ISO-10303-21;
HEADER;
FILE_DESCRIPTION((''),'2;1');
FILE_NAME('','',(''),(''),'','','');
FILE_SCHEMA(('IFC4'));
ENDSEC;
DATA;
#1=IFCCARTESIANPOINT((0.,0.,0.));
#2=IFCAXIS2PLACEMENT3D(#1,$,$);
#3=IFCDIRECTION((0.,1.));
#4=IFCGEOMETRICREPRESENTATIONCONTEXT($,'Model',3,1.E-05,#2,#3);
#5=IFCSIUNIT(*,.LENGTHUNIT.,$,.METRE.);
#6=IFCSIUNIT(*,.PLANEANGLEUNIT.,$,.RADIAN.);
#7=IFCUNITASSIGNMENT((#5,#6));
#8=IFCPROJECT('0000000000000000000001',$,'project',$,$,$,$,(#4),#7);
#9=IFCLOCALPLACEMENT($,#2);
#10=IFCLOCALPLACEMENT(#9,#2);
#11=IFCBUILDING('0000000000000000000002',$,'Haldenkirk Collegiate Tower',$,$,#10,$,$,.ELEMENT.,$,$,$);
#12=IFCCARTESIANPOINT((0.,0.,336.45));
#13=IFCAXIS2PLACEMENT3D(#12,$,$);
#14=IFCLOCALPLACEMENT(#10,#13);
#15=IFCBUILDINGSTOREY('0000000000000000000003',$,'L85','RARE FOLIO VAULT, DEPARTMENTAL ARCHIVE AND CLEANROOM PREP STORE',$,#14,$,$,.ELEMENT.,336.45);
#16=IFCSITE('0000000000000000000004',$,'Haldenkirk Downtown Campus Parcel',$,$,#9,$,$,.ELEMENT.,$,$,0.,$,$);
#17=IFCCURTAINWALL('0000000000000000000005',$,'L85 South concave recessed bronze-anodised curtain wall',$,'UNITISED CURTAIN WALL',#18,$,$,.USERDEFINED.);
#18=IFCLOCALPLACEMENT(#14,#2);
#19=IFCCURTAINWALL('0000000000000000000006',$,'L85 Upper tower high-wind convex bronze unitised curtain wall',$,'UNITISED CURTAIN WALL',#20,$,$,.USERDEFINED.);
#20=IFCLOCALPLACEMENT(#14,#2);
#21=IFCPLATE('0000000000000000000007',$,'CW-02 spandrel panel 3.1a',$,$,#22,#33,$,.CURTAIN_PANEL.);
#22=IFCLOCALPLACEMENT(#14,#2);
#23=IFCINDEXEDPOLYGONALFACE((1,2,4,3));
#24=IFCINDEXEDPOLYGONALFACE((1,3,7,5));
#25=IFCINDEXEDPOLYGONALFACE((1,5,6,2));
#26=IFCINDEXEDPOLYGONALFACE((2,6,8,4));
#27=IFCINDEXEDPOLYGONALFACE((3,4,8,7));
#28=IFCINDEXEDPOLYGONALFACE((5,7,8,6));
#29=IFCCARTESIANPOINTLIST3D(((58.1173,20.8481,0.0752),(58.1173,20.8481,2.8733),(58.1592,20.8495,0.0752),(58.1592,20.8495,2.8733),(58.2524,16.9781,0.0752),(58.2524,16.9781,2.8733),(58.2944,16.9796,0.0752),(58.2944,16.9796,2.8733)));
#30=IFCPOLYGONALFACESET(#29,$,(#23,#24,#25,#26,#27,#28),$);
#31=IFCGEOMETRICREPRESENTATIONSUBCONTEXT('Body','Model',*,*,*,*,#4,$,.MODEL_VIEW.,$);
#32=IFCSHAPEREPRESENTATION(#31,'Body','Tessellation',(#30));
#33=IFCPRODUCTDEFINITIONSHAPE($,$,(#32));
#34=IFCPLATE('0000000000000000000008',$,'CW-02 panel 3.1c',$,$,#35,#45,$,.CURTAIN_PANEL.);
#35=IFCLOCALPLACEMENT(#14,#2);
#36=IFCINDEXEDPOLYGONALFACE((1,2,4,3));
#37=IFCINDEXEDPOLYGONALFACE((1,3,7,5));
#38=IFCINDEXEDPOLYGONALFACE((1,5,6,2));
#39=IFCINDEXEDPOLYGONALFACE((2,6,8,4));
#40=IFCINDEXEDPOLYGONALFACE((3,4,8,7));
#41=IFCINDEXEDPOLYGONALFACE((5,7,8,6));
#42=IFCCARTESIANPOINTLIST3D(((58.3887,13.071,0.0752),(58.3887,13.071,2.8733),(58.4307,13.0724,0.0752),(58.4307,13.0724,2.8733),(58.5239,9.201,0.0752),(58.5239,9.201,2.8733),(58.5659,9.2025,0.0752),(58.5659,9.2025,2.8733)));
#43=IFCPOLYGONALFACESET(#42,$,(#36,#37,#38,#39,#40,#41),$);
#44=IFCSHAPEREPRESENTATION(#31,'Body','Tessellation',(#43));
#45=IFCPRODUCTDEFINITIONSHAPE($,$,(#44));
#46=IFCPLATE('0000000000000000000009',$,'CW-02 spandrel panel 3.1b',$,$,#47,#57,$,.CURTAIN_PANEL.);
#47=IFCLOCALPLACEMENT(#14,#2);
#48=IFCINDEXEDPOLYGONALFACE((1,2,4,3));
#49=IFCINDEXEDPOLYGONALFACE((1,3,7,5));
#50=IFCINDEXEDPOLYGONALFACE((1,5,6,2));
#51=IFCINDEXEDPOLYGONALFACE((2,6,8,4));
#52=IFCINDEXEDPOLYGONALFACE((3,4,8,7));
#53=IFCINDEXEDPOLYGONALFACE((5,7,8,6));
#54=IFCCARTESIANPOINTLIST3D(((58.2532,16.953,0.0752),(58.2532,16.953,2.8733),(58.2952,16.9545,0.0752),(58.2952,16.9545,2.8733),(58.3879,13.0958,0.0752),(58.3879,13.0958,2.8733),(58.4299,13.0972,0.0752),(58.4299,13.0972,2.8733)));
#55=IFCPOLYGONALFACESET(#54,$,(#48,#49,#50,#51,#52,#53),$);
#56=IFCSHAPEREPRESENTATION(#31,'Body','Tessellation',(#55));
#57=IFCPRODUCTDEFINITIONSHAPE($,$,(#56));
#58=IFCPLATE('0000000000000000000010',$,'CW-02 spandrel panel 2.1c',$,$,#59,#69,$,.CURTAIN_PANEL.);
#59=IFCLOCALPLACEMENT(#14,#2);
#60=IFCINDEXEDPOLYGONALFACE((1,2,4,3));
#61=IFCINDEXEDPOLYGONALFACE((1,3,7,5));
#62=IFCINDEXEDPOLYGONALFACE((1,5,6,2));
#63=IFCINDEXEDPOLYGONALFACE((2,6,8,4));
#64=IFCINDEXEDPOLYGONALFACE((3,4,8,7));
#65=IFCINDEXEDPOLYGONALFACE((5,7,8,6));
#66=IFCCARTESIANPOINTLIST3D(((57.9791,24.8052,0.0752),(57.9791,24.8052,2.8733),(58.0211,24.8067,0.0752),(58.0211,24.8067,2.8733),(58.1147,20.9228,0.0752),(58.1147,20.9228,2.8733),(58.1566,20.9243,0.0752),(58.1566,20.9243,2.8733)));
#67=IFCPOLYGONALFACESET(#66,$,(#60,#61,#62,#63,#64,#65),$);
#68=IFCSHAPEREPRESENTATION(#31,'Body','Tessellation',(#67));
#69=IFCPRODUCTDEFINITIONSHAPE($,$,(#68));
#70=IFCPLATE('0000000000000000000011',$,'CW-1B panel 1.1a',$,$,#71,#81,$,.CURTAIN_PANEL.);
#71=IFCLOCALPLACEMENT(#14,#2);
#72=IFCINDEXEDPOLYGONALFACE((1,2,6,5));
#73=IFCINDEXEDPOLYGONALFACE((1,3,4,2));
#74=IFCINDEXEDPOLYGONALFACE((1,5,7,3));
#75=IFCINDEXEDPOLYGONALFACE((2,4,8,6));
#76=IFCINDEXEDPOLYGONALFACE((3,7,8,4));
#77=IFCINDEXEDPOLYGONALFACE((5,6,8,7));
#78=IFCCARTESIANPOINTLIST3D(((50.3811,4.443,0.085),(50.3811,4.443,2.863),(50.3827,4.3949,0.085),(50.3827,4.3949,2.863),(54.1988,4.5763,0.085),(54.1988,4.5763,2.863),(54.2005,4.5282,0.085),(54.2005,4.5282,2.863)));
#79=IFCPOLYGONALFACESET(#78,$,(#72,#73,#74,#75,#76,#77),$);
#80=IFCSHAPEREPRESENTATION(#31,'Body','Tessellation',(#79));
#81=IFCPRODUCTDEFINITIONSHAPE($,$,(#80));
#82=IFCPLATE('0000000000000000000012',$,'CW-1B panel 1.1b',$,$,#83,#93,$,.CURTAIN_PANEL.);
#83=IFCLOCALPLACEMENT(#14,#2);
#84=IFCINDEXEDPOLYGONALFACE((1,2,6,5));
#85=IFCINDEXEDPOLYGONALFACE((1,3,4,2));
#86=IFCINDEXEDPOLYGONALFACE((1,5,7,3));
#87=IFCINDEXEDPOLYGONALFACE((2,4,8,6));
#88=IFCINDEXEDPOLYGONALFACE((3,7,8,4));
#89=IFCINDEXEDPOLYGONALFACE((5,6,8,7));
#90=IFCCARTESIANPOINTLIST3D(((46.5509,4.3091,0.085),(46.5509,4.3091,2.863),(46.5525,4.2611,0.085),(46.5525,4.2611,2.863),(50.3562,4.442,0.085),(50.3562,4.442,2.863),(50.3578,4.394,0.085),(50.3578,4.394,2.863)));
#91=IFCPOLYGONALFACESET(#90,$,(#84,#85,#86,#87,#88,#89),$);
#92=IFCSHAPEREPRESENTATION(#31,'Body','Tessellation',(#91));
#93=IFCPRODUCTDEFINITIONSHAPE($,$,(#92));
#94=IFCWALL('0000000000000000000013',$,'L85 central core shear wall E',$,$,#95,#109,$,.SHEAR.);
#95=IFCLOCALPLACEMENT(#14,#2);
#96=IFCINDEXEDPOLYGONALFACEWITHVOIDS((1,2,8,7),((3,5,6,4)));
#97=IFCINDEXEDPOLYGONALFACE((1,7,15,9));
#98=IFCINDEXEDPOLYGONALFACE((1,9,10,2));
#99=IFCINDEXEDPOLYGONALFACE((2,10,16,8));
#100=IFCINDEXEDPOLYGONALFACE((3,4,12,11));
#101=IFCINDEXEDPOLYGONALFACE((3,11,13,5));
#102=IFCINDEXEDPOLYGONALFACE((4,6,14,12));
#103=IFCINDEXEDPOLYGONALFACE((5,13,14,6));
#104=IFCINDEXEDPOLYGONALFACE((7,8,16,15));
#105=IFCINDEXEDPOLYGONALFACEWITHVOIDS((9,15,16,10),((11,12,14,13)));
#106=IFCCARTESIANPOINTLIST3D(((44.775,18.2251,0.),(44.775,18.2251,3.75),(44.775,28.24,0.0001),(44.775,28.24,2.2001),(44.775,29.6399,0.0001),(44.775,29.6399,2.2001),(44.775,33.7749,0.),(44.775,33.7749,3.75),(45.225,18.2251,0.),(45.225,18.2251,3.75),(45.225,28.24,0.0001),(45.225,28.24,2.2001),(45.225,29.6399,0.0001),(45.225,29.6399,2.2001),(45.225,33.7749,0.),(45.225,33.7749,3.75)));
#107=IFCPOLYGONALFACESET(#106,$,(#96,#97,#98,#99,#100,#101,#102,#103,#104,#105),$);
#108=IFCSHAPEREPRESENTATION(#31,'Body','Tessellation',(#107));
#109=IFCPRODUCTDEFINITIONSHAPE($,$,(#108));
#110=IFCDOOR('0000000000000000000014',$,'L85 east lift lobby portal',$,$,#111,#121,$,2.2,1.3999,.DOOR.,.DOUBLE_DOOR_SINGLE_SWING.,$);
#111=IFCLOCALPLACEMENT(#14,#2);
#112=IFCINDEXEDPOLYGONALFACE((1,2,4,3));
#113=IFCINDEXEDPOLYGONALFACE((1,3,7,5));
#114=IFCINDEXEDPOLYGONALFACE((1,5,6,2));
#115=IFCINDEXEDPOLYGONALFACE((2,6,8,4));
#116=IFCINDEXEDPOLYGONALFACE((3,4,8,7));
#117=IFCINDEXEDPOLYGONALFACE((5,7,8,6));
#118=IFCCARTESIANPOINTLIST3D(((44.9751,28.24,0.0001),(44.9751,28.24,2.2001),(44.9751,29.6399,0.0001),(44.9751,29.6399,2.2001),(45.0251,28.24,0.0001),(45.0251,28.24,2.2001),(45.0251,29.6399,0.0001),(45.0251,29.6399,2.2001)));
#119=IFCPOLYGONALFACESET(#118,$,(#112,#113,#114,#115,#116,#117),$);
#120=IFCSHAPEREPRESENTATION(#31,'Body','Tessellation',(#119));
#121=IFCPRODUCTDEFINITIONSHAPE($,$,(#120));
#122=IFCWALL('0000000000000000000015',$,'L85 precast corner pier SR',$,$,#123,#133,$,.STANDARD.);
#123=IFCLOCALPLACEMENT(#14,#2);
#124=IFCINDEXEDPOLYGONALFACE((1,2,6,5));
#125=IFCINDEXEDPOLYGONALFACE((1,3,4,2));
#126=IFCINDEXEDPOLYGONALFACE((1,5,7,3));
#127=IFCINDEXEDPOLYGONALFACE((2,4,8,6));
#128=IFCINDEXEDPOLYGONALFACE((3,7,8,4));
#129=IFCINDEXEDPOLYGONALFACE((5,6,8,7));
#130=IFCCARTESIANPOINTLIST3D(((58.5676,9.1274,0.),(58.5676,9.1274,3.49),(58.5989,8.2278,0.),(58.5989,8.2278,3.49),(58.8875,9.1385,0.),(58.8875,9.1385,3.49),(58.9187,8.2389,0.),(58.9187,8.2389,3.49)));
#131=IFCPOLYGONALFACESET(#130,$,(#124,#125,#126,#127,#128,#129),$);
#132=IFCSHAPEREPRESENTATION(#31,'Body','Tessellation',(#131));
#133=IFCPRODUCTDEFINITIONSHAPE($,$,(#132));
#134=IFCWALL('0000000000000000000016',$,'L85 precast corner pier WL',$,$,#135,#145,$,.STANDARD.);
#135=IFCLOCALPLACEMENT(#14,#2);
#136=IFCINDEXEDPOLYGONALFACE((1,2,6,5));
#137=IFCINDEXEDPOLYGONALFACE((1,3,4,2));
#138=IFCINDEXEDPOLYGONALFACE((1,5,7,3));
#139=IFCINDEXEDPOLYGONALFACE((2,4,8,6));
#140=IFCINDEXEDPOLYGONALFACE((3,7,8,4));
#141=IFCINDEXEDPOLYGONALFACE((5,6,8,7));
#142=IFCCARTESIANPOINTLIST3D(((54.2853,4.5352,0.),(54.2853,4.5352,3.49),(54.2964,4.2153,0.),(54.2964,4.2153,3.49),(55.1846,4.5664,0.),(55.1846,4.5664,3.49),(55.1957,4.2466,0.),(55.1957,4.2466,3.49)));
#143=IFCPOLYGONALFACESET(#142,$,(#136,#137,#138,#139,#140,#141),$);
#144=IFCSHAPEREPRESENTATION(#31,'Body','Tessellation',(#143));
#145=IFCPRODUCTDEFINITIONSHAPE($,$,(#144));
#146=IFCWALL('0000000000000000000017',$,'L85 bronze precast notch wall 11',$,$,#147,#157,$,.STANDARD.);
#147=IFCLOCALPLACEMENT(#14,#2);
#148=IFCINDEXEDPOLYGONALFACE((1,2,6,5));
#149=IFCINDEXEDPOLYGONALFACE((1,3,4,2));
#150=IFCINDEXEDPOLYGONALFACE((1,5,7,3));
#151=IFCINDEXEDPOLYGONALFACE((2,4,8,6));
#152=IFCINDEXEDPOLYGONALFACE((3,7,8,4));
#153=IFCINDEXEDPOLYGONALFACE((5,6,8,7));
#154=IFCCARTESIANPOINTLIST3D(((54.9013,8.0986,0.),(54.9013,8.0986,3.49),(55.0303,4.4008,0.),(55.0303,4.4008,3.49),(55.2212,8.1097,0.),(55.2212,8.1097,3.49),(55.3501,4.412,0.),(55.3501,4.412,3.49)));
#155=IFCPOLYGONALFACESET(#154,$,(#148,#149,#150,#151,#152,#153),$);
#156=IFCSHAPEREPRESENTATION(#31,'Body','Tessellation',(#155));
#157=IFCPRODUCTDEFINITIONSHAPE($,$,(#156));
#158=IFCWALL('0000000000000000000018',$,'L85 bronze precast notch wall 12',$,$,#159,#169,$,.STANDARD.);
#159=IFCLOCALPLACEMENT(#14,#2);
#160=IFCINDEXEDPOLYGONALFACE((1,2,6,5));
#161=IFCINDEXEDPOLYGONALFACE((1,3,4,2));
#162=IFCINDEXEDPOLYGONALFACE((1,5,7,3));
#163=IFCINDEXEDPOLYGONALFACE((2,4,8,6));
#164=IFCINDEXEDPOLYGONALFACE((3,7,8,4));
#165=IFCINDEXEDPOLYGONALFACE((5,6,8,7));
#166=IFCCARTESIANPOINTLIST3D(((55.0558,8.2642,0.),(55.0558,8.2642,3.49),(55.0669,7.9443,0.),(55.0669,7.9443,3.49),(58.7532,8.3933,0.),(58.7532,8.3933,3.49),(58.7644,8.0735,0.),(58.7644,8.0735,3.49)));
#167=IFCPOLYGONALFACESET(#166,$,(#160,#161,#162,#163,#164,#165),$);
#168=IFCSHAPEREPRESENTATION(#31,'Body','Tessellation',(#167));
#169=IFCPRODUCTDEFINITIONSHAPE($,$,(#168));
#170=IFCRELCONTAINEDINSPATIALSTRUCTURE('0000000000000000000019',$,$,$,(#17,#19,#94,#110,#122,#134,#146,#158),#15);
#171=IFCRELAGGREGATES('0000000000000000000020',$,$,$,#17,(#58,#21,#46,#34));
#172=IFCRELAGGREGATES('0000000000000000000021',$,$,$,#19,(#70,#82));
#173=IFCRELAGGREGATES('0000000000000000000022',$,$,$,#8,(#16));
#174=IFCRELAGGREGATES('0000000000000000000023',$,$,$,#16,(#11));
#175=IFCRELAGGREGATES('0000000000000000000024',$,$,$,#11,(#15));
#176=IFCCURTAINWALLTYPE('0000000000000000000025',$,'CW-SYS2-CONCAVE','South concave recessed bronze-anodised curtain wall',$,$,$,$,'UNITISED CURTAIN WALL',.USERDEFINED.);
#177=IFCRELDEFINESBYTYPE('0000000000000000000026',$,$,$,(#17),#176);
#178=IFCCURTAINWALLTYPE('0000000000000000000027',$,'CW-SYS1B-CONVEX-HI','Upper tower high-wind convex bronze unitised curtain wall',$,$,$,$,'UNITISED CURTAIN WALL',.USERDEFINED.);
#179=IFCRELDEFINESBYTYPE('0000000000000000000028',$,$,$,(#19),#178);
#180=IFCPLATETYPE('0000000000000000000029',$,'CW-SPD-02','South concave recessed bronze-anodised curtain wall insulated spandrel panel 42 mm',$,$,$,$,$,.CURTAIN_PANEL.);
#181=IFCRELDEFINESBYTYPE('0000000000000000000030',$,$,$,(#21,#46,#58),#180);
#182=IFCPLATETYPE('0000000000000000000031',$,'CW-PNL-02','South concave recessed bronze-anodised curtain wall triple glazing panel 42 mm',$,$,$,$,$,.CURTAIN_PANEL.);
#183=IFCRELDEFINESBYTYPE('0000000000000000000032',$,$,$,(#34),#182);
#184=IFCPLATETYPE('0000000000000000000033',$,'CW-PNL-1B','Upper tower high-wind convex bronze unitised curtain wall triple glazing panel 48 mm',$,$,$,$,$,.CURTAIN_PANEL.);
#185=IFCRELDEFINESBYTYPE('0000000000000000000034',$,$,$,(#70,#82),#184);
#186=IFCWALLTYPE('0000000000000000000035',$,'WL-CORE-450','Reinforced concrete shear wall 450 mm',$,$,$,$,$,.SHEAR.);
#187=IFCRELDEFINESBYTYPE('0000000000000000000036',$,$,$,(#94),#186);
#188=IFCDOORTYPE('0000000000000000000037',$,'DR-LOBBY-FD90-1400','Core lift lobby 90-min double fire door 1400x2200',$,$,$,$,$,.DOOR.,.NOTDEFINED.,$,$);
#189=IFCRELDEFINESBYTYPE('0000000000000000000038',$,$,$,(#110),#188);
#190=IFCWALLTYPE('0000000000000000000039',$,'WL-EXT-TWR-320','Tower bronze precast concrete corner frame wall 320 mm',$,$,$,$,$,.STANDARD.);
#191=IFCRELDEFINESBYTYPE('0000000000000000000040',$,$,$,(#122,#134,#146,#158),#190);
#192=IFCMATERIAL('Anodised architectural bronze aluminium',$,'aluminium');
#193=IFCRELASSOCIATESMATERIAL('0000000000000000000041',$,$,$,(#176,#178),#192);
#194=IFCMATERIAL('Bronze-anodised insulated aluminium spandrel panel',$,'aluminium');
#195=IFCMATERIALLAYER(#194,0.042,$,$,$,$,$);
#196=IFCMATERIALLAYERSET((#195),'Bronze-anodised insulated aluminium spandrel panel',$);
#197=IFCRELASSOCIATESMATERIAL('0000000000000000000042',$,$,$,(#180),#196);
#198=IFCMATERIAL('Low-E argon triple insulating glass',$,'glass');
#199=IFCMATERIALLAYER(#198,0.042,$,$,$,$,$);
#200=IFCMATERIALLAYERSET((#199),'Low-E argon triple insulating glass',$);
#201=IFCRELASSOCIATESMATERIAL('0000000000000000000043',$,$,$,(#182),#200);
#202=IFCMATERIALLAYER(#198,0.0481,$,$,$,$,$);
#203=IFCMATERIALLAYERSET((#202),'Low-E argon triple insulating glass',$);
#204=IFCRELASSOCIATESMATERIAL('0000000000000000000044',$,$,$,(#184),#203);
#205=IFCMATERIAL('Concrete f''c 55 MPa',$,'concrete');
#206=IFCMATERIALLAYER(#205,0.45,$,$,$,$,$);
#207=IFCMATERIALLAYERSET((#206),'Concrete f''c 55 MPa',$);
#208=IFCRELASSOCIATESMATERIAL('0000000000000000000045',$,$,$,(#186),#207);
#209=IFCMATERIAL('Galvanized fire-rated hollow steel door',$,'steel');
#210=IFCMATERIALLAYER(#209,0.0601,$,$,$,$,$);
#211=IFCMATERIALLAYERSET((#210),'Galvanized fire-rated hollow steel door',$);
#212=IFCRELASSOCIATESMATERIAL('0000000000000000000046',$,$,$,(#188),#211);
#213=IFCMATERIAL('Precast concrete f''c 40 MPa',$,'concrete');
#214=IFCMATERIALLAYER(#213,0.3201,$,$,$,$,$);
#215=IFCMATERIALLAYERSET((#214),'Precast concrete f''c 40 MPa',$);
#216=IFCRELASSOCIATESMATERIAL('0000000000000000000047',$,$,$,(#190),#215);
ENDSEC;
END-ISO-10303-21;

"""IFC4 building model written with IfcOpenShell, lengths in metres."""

from ifc_helpers import new_model, si_unit, direction, frame, frame_2d, origin, origin_2d, place, context, subcontext, project, spatial, rectangle, extrude, source, transform, mapped, material, layer, layer_set, type_object, element, fill, aggregate, save


model = new_model("IFC4")

# Units and contexts
model_context = context("Model", 3, precision=1e-05, world=origin(), true_north=direction((0.0, 1.0)))
body_context = subcontext(model_context, "Body", "Model", "MODEL_VIEW")
ifc_project = project(units=[si_unit("LENGTHUNIT", "METRE"), si_unit("PLANEANGLEUNIT", "RADIAN")], contexts=[model_context])

# Site, building, storey
site_placement = place(None, origin())
site = spatial("IfcSite", under=ifc_project, at=site_placement, Name="Haldenkirk Downtown Campus Parcel", CompositionType="ELEMENT", RefElevation=0.0)
building_placement = place(site_placement, origin())
building = spatial("IfcBuilding", under=site, at=building_placement, Name="Haldenkirk Collegiate Tower", CompositionType="ELEMENT")
storey_placement = place(building_placement, frame((0.0, 0.0, 336.45)))
storey = spatial("IfcBuildingStorey", under=building, at=storey_placement, Name="L85", Description="RARE FOLIO VAULT, DEPARTMENTAL ARCHIVE AND CLEANROOM PREP STORE", CompositionType="ELEMENT", Elevation=336.45)

# Curtain wall
ifc_material_1 = material(Name="Anodised architectural bronze aluminium", Category="aluminium")
curtain_wall_type_1 = type_object("IfcCurtainWallType", Name="CW-SYS2-CONCAVE", Description="South concave recessed bronze-anodised curtain wall", ElementType="UNITISED CURTAIN WALL", PredefinedType="USERDEFINED", material=ifc_material_1)
curtain_wall_1_placement = place(storey_placement, origin())
curtain_wall_1 = element("IfcCurtainWall", 1, at=curtain_wall_1_placement, inside=storey, type_object=curtain_wall_type_1, Name="L85 South concave recessed bronze-anodised curtain wall", ObjectType="UNITISED CURTAIN WALL", PredefinedType="USERDEFINED")

# Curtain wall
curtain_wall_type_2 = type_object("IfcCurtainWallType", Name="CW-SYS1B-CONVEX-HI", Description="Upper tower high-wind convex bronze unitised curtain wall", ElementType="UNITISED CURTAIN WALL", PredefinedType="USERDEFINED", material=ifc_material_1)
curtain_wall_2_placement = place(storey_placement, origin())
curtain_wall_2 = element("IfcCurtainWall", 2, at=curtain_wall_2_placement, inside=storey, type_object=curtain_wall_type_2, Name="L85 Upper tower high-wind convex bronze unitised curtain wall", ObjectType="UNITISED CURTAIN WALL", PredefinedType="USERDEFINED")

# Plates
ifc_material_2 = material(Name="Bronze-anodised insulated aluminium spandrel panel", Category="aluminium")
ifc_layer_1 = layer(ifc_material_2, 0.042)
ifc_layer_set_1 = layer_set([ifc_layer_1], Name="Bronze-anodised insulated aluminium spandrel panel")
plate_type_1 = type_object("IfcPlateType", Name="CW-SPD-02", Description="South concave recessed bronze-anodised curtain wall insulated spandrel panel 42 mm", PredefinedType="CURTAIN_PANEL", material=ifc_layer_set_1)
shared_shape_1 = source(origin(), body_context, "Body", "SweptSolid", [
    extrude(rectangle(XDim=3.8723, YDim=0.042, at=origin_2d()), origin(), (0.0, 0.0, 1.0), 2.7981),
])
plate_1_placement = place(storey_placement, frame((58.2058, 18.9138, 0.0752), z_axis=(0.0, 0.0, 1.0), x_axis=(0.034901, -0.999391, 0.0)))
plate_1 = element("IfcPlate", 3, at=plate_1_placement, type_object=plate_type_1, Name="CW-02 spandrel panel 3.1a", PredefinedType="CURTAIN_PANEL", context=body_context, shape_type="MappedRepresentation", body=[
    mapped(shared_shape_1, transform((0.0, 0.0, 0.0), x_axis=(1.0, 0.0, 0.0), y_axis=(0.0, 1.0, 0.0), z_axis=(0.0, 0.0, 1.0), scale=1.0)),
])
ifc_material_3 = material(Name="Low-E argon triple insulating glass", Category="glass")
ifc_layer_2 = layer(ifc_material_3, 0.042)
ifc_layer_set_2 = layer_set([ifc_layer_2], Name="Low-E argon triple insulating glass")
plate_type_2 = type_object("IfcPlateType", Name="CW-PNL-02", Description="South concave recessed bronze-anodised curtain wall triple glazing panel 42 mm", PredefinedType="CURTAIN_PANEL", material=ifc_layer_set_2)
plate_2_placement = place(storey_placement, frame((58.4773, 11.1367, 0.0752), z_axis=(0.0, 0.0, 1.0), x_axis=(0.034901, -0.999391, 0.0)))
plate_2 = element("IfcPlate", 4, at=plate_2_placement, type_object=plate_type_2, Name="CW-02 panel 3.1c", PredefinedType="CURTAIN_PANEL", context=body_context, shape_type="MappedRepresentation", body=[
    mapped(shared_shape_1, transform((0.0, 0.0, 0.0), x_axis=(1.0, 0.0, 0.0), y_axis=(0.0, 1.0, 0.0), z_axis=(0.0, 0.0, 1.0), scale=1.0)),
])
shared_shape_2 = source(origin(), body_context, "Body", "SweptSolid", [
    extrude(rectangle(XDim=3.8596, YDim=0.042, at=origin_2d()), origin(), (0.0, 0.0, 1.0), 2.7981),
])
plate_3_placement = place(storey_placement, frame((58.3416, 15.0251, 0.0752), z_axis=(0.0, 0.0, 1.0), x_axis=(0.034901, -0.999391, 0.0)))
plate_3 = element("IfcPlate", 5, at=plate_3_placement, type_object=plate_type_1, Name="CW-02 spandrel panel 3.1b", PredefinedType="CURTAIN_PANEL", context=body_context, shape_type="MappedRepresentation", body=[
    mapped(shared_shape_2, transform((0.0, 0.0, 0.0), x_axis=(1.0, 0.0, 0.0), y_axis=(0.0, 1.0, 0.0), z_axis=(0.0, 0.0, 1.0), scale=1.0)),
])
shared_shape_3 = source(origin(), body_context, "Body", "SweptSolid", [
    extrude(rectangle(XDim=3.8848, YDim=0.042, at=origin_2d()), origin(), (0.0, 0.0, 1.0), 2.7981),
])
plate_4_placement = place(storey_placement, frame((58.0679, 22.8647, 0.0752), z_axis=(0.0, 0.0, 1.0), x_axis=(0.034901, -0.999391, 0.0)))
plate_4 = element("IfcPlate", 6, at=plate_4_placement, type_object=plate_type_1, Name="CW-02 spandrel panel 2.1c", PredefinedType="CURTAIN_PANEL", context=body_context, shape_type="MappedRepresentation", body=[
    mapped(shared_shape_3, transform((0.0, 0.0, 0.0), x_axis=(1.0, 0.0, 0.0), y_axis=(0.0, 1.0, 0.0), z_axis=(0.0, 0.0, 1.0), scale=1.0)),
])
aggregate(curtain_wall_1, [plate_4, plate_1, plate_3, plate_2])
ifc_layer_3 = layer(ifc_material_3, 0.0481)
ifc_layer_set_3 = layer_set([ifc_layer_3], Name="Low-E argon triple insulating glass")
plate_type_3 = type_object("IfcPlateType", Name="CW-PNL-1B", Description="Upper tower high-wind convex bronze unitised curtain wall triple glazing panel 48 mm", PredefinedType="CURTAIN_PANEL", material=ifc_layer_set_3)
shared_shape_4 = source(origin(), body_context, "Body", "SweptSolid", [
    extrude(rectangle(XDim=3.8201, YDim=0.0481, at=origin_2d()), origin(), (0.0, 0.0, 1.0), 2.7781),
])
plate_5_placement = place(storey_placement, frame((52.2908, 4.4856, 0.085), z_axis=(0.0, 0.0, 1.0), x_axis=(-0.999391, -0.034902, 0.0)))
plate_5 = element("IfcPlate", 7, at=plate_5_placement, type_object=plate_type_3, Name="CW-1B panel 1.1a", PredefinedType="CURTAIN_PANEL", context=body_context, shape_type="MappedRepresentation", body=[
    mapped(shared_shape_4, transform((0.0, 0.0, 0.0), x_axis=(1.0, 0.0, 0.0), y_axis=(0.0, 1.0, 0.0), z_axis=(0.0, 0.0, 1.0), scale=1.0)),
])
shared_shape_5 = source(origin(), body_context, "Body", "SweptSolid", [
    extrude(rectangle(XDim=3.8076, YDim=0.0481, at=origin_2d()), origin(), (0.0, 0.0, 1.0), 2.7781),
])
plate_6_placement = place(storey_placement, frame((48.4543, 4.3516, 0.085), z_axis=(0.0, 0.0, 1.0), x_axis=(-0.999391, -0.034902, 0.0)))
plate_6 = element("IfcPlate", 8, at=plate_6_placement, type_object=plate_type_3, Name="CW-1B panel 1.1b", PredefinedType="CURTAIN_PANEL", context=body_context, shape_type="MappedRepresentation", body=[
    mapped(shared_shape_5, transform((0.0, 0.0, 0.0), x_axis=(1.0, 0.0, 0.0), y_axis=(0.0, 1.0, 0.0), z_axis=(0.0, 0.0, 1.0), scale=1.0)),
])
aggregate(curtain_wall_2, [plate_5, plate_6])

# Wall, opening, door
ifc_material_4 = material(Name="Concrete f'c 55 MPa", Category="concrete")
ifc_layer_4 = layer(ifc_material_4, 0.45)
ifc_layer_set_4 = layer_set([ifc_layer_4], Name="Concrete f'c 55 MPa")
wall_type_1 = type_object("IfcWallType", Name="WL-CORE-450", Description="Reinforced concrete shear wall 450 mm", PredefinedType="SHEAR", material=ifc_layer_set_4)
wall_1_placement = place(storey_placement, frame((45.0, 18.2251, 0.0), z_axis=(0.0, 0.0, 1.0), x_axis=(0.0, 1.0, 0.0)))
wall_1 = element("IfcWall", 9, at=wall_1_placement, inside=storey, type_object=wall_type_1, Name="L85 central core shear wall E", PredefinedType="SHEAR", context=body_context, shape_type="SweptSolid", body=[
    extrude(rectangle(XDim=15.5498, YDim=0.45, at=frame_2d((7.7749, 0.0))), origin(), (0.0, 0.0, 1.0), 3.75),
])
opening_1_placement = place(wall_1_placement, frame((10.0149, 0.0, 0.0)))
opening_1 = element("IfcOpeningElement", 10, at=opening_1_placement, cuts=wall_1, PredefinedType="OPENING", context=body_context, shape_type="SweptSolid", body=[
    extrude(rectangle(XDim=1.3999, YDim=2.2, at=frame_2d((0.7, 1.1001))), frame((0.0, 0.2349, 0.0), z_axis=(0.0, -1.0, 0.0), x_axis=(1.0, 0.0, 0.0)), (0.0, 0.0, 1.0), 0.47),
])
ifc_material_5 = material(Name="Galvanized fire-rated hollow steel door", Category="steel")
ifc_layer_5 = layer(ifc_material_5, 0.0601)
ifc_layer_set_5 = layer_set([ifc_layer_5], Name="Galvanized fire-rated hollow steel door")
door_type_1 = type_object("IfcDoorType", Name="DR-LOBBY-FD90-1400", Description="Core lift lobby 90-min double fire door 1400x2200", OperationType="NOTDEFINED", PredefinedType="DOOR", material=ifc_layer_set_5)
door_1_placement = place(opening_1_placement, origin())
door_1 = element("IfcDoor", 11, at=door_1_placement, inside=storey, type_object=door_type_1, Name="L85 east lift lobby portal", OperationType="DOUBLE_DOOR_SINGLE_SWING", OverallHeight=2.2, OverallWidth=1.3999, PredefinedType="DOOR", context=body_context, shape_type="SweptSolid", body=[
    extrude(rectangle(XDim=1.3999, YDim=2.2, at=frame_2d((0.7, 1.1001))), frame((0.0, 0.0249, 0.0), z_axis=(0.0, -1.0, 0.0), x_axis=(1.0, 0.0, 0.0)), (0.0, 0.0, 1.0), 0.05),
])
fill(opening_1, door_1)

# Walls
ifc_material_6 = material(Name="Precast concrete f'c 40 MPa", Category="concrete")
ifc_layer_6 = layer(ifc_material_6, 0.3201)
ifc_layer_set_6 = layer_set([ifc_layer_6], Name="Precast concrete f'c 40 MPa")
wall_type_2 = type_object("IfcWallType", Name="WL-EXT-TWR-320", Description="Tower bronze precast concrete corner frame wall 320 mm", PredefinedType="STANDARD", material=ifc_layer_set_6)
wall_2_placement = place(storey_placement, frame((58.7275, 9.1331, 0.0), z_axis=(0.0, 0.0, 1.0), x_axis=(0.034714, -0.999397, 0.0)))
element("IfcWall", 12, at=wall_2_placement, inside=storey, type_object=wall_type_2, Name="L85 precast corner pier SR", PredefinedType="STANDARD", context=body_context, shape_type="SweptSolid", body=[
    extrude(rectangle(XDim=0.9001, YDim=0.3201, at=frame_2d((0.4502, 0.0))), origin(), (0.0, 0.0, 1.0), 3.49),
])
wall_3_placement = place(storey_placement, frame((55.1902, 4.4065, 0.0), z_axis=(0.0, 0.0, 1.0), x_axis=(-0.999397, -0.034724, 0.0)))
element("IfcWall", 13, at=wall_3_placement, inside=storey, type_object=wall_type_2, Name="L85 precast corner pier WL", PredefinedType="STANDARD", context=body_context, shape_type="SweptSolid", body=[
    extrude(rectangle(XDim=0.8999, YDim=0.3201, at=frame_2d((0.45, 0.0))), origin(), (0.0, 0.0, 1.0), 3.49),
])
wall_4_placement = place(storey_placement, frame((55.0613, 8.1042, 0.0), z_axis=(0.0, 0.0, 1.0), x_axis=(0.03484, -0.999393, 0.0)))
element("IfcWall", 14, at=wall_4_placement, inside=storey, type_object=wall_type_2, Name="L85 bronze precast notch wall 11", PredefinedType="STANDARD", context=body_context, shape_type="SweptSolid", body=[
    extrude(rectangle(XDim=3.7, YDim=0.3201, at=frame_2d((1.8501, 0.0))), origin(), (0.0, 0.0, 1.0), 3.49),
])
wall_5_placement = place(storey_placement, frame((58.7588, 8.2334, 0.0), z_axis=(0.0, 0.0, 1.0), x_axis=(-0.999391, -0.034908, 0.0)))
element("IfcWall", 15, at=wall_5_placement, inside=storey, type_object=wall_type_2, Name="L85 bronze precast notch wall 12", PredefinedType="STANDARD", context=body_context, shape_type="SweptSolid", body=[
    extrude(rectangle(XDim=3.6997, YDim=0.3201, at=frame_2d((1.8499, 0.0))), origin(), (0.0, 0.0, 1.0), 3.49),
])

save(model, "model.ifc")
